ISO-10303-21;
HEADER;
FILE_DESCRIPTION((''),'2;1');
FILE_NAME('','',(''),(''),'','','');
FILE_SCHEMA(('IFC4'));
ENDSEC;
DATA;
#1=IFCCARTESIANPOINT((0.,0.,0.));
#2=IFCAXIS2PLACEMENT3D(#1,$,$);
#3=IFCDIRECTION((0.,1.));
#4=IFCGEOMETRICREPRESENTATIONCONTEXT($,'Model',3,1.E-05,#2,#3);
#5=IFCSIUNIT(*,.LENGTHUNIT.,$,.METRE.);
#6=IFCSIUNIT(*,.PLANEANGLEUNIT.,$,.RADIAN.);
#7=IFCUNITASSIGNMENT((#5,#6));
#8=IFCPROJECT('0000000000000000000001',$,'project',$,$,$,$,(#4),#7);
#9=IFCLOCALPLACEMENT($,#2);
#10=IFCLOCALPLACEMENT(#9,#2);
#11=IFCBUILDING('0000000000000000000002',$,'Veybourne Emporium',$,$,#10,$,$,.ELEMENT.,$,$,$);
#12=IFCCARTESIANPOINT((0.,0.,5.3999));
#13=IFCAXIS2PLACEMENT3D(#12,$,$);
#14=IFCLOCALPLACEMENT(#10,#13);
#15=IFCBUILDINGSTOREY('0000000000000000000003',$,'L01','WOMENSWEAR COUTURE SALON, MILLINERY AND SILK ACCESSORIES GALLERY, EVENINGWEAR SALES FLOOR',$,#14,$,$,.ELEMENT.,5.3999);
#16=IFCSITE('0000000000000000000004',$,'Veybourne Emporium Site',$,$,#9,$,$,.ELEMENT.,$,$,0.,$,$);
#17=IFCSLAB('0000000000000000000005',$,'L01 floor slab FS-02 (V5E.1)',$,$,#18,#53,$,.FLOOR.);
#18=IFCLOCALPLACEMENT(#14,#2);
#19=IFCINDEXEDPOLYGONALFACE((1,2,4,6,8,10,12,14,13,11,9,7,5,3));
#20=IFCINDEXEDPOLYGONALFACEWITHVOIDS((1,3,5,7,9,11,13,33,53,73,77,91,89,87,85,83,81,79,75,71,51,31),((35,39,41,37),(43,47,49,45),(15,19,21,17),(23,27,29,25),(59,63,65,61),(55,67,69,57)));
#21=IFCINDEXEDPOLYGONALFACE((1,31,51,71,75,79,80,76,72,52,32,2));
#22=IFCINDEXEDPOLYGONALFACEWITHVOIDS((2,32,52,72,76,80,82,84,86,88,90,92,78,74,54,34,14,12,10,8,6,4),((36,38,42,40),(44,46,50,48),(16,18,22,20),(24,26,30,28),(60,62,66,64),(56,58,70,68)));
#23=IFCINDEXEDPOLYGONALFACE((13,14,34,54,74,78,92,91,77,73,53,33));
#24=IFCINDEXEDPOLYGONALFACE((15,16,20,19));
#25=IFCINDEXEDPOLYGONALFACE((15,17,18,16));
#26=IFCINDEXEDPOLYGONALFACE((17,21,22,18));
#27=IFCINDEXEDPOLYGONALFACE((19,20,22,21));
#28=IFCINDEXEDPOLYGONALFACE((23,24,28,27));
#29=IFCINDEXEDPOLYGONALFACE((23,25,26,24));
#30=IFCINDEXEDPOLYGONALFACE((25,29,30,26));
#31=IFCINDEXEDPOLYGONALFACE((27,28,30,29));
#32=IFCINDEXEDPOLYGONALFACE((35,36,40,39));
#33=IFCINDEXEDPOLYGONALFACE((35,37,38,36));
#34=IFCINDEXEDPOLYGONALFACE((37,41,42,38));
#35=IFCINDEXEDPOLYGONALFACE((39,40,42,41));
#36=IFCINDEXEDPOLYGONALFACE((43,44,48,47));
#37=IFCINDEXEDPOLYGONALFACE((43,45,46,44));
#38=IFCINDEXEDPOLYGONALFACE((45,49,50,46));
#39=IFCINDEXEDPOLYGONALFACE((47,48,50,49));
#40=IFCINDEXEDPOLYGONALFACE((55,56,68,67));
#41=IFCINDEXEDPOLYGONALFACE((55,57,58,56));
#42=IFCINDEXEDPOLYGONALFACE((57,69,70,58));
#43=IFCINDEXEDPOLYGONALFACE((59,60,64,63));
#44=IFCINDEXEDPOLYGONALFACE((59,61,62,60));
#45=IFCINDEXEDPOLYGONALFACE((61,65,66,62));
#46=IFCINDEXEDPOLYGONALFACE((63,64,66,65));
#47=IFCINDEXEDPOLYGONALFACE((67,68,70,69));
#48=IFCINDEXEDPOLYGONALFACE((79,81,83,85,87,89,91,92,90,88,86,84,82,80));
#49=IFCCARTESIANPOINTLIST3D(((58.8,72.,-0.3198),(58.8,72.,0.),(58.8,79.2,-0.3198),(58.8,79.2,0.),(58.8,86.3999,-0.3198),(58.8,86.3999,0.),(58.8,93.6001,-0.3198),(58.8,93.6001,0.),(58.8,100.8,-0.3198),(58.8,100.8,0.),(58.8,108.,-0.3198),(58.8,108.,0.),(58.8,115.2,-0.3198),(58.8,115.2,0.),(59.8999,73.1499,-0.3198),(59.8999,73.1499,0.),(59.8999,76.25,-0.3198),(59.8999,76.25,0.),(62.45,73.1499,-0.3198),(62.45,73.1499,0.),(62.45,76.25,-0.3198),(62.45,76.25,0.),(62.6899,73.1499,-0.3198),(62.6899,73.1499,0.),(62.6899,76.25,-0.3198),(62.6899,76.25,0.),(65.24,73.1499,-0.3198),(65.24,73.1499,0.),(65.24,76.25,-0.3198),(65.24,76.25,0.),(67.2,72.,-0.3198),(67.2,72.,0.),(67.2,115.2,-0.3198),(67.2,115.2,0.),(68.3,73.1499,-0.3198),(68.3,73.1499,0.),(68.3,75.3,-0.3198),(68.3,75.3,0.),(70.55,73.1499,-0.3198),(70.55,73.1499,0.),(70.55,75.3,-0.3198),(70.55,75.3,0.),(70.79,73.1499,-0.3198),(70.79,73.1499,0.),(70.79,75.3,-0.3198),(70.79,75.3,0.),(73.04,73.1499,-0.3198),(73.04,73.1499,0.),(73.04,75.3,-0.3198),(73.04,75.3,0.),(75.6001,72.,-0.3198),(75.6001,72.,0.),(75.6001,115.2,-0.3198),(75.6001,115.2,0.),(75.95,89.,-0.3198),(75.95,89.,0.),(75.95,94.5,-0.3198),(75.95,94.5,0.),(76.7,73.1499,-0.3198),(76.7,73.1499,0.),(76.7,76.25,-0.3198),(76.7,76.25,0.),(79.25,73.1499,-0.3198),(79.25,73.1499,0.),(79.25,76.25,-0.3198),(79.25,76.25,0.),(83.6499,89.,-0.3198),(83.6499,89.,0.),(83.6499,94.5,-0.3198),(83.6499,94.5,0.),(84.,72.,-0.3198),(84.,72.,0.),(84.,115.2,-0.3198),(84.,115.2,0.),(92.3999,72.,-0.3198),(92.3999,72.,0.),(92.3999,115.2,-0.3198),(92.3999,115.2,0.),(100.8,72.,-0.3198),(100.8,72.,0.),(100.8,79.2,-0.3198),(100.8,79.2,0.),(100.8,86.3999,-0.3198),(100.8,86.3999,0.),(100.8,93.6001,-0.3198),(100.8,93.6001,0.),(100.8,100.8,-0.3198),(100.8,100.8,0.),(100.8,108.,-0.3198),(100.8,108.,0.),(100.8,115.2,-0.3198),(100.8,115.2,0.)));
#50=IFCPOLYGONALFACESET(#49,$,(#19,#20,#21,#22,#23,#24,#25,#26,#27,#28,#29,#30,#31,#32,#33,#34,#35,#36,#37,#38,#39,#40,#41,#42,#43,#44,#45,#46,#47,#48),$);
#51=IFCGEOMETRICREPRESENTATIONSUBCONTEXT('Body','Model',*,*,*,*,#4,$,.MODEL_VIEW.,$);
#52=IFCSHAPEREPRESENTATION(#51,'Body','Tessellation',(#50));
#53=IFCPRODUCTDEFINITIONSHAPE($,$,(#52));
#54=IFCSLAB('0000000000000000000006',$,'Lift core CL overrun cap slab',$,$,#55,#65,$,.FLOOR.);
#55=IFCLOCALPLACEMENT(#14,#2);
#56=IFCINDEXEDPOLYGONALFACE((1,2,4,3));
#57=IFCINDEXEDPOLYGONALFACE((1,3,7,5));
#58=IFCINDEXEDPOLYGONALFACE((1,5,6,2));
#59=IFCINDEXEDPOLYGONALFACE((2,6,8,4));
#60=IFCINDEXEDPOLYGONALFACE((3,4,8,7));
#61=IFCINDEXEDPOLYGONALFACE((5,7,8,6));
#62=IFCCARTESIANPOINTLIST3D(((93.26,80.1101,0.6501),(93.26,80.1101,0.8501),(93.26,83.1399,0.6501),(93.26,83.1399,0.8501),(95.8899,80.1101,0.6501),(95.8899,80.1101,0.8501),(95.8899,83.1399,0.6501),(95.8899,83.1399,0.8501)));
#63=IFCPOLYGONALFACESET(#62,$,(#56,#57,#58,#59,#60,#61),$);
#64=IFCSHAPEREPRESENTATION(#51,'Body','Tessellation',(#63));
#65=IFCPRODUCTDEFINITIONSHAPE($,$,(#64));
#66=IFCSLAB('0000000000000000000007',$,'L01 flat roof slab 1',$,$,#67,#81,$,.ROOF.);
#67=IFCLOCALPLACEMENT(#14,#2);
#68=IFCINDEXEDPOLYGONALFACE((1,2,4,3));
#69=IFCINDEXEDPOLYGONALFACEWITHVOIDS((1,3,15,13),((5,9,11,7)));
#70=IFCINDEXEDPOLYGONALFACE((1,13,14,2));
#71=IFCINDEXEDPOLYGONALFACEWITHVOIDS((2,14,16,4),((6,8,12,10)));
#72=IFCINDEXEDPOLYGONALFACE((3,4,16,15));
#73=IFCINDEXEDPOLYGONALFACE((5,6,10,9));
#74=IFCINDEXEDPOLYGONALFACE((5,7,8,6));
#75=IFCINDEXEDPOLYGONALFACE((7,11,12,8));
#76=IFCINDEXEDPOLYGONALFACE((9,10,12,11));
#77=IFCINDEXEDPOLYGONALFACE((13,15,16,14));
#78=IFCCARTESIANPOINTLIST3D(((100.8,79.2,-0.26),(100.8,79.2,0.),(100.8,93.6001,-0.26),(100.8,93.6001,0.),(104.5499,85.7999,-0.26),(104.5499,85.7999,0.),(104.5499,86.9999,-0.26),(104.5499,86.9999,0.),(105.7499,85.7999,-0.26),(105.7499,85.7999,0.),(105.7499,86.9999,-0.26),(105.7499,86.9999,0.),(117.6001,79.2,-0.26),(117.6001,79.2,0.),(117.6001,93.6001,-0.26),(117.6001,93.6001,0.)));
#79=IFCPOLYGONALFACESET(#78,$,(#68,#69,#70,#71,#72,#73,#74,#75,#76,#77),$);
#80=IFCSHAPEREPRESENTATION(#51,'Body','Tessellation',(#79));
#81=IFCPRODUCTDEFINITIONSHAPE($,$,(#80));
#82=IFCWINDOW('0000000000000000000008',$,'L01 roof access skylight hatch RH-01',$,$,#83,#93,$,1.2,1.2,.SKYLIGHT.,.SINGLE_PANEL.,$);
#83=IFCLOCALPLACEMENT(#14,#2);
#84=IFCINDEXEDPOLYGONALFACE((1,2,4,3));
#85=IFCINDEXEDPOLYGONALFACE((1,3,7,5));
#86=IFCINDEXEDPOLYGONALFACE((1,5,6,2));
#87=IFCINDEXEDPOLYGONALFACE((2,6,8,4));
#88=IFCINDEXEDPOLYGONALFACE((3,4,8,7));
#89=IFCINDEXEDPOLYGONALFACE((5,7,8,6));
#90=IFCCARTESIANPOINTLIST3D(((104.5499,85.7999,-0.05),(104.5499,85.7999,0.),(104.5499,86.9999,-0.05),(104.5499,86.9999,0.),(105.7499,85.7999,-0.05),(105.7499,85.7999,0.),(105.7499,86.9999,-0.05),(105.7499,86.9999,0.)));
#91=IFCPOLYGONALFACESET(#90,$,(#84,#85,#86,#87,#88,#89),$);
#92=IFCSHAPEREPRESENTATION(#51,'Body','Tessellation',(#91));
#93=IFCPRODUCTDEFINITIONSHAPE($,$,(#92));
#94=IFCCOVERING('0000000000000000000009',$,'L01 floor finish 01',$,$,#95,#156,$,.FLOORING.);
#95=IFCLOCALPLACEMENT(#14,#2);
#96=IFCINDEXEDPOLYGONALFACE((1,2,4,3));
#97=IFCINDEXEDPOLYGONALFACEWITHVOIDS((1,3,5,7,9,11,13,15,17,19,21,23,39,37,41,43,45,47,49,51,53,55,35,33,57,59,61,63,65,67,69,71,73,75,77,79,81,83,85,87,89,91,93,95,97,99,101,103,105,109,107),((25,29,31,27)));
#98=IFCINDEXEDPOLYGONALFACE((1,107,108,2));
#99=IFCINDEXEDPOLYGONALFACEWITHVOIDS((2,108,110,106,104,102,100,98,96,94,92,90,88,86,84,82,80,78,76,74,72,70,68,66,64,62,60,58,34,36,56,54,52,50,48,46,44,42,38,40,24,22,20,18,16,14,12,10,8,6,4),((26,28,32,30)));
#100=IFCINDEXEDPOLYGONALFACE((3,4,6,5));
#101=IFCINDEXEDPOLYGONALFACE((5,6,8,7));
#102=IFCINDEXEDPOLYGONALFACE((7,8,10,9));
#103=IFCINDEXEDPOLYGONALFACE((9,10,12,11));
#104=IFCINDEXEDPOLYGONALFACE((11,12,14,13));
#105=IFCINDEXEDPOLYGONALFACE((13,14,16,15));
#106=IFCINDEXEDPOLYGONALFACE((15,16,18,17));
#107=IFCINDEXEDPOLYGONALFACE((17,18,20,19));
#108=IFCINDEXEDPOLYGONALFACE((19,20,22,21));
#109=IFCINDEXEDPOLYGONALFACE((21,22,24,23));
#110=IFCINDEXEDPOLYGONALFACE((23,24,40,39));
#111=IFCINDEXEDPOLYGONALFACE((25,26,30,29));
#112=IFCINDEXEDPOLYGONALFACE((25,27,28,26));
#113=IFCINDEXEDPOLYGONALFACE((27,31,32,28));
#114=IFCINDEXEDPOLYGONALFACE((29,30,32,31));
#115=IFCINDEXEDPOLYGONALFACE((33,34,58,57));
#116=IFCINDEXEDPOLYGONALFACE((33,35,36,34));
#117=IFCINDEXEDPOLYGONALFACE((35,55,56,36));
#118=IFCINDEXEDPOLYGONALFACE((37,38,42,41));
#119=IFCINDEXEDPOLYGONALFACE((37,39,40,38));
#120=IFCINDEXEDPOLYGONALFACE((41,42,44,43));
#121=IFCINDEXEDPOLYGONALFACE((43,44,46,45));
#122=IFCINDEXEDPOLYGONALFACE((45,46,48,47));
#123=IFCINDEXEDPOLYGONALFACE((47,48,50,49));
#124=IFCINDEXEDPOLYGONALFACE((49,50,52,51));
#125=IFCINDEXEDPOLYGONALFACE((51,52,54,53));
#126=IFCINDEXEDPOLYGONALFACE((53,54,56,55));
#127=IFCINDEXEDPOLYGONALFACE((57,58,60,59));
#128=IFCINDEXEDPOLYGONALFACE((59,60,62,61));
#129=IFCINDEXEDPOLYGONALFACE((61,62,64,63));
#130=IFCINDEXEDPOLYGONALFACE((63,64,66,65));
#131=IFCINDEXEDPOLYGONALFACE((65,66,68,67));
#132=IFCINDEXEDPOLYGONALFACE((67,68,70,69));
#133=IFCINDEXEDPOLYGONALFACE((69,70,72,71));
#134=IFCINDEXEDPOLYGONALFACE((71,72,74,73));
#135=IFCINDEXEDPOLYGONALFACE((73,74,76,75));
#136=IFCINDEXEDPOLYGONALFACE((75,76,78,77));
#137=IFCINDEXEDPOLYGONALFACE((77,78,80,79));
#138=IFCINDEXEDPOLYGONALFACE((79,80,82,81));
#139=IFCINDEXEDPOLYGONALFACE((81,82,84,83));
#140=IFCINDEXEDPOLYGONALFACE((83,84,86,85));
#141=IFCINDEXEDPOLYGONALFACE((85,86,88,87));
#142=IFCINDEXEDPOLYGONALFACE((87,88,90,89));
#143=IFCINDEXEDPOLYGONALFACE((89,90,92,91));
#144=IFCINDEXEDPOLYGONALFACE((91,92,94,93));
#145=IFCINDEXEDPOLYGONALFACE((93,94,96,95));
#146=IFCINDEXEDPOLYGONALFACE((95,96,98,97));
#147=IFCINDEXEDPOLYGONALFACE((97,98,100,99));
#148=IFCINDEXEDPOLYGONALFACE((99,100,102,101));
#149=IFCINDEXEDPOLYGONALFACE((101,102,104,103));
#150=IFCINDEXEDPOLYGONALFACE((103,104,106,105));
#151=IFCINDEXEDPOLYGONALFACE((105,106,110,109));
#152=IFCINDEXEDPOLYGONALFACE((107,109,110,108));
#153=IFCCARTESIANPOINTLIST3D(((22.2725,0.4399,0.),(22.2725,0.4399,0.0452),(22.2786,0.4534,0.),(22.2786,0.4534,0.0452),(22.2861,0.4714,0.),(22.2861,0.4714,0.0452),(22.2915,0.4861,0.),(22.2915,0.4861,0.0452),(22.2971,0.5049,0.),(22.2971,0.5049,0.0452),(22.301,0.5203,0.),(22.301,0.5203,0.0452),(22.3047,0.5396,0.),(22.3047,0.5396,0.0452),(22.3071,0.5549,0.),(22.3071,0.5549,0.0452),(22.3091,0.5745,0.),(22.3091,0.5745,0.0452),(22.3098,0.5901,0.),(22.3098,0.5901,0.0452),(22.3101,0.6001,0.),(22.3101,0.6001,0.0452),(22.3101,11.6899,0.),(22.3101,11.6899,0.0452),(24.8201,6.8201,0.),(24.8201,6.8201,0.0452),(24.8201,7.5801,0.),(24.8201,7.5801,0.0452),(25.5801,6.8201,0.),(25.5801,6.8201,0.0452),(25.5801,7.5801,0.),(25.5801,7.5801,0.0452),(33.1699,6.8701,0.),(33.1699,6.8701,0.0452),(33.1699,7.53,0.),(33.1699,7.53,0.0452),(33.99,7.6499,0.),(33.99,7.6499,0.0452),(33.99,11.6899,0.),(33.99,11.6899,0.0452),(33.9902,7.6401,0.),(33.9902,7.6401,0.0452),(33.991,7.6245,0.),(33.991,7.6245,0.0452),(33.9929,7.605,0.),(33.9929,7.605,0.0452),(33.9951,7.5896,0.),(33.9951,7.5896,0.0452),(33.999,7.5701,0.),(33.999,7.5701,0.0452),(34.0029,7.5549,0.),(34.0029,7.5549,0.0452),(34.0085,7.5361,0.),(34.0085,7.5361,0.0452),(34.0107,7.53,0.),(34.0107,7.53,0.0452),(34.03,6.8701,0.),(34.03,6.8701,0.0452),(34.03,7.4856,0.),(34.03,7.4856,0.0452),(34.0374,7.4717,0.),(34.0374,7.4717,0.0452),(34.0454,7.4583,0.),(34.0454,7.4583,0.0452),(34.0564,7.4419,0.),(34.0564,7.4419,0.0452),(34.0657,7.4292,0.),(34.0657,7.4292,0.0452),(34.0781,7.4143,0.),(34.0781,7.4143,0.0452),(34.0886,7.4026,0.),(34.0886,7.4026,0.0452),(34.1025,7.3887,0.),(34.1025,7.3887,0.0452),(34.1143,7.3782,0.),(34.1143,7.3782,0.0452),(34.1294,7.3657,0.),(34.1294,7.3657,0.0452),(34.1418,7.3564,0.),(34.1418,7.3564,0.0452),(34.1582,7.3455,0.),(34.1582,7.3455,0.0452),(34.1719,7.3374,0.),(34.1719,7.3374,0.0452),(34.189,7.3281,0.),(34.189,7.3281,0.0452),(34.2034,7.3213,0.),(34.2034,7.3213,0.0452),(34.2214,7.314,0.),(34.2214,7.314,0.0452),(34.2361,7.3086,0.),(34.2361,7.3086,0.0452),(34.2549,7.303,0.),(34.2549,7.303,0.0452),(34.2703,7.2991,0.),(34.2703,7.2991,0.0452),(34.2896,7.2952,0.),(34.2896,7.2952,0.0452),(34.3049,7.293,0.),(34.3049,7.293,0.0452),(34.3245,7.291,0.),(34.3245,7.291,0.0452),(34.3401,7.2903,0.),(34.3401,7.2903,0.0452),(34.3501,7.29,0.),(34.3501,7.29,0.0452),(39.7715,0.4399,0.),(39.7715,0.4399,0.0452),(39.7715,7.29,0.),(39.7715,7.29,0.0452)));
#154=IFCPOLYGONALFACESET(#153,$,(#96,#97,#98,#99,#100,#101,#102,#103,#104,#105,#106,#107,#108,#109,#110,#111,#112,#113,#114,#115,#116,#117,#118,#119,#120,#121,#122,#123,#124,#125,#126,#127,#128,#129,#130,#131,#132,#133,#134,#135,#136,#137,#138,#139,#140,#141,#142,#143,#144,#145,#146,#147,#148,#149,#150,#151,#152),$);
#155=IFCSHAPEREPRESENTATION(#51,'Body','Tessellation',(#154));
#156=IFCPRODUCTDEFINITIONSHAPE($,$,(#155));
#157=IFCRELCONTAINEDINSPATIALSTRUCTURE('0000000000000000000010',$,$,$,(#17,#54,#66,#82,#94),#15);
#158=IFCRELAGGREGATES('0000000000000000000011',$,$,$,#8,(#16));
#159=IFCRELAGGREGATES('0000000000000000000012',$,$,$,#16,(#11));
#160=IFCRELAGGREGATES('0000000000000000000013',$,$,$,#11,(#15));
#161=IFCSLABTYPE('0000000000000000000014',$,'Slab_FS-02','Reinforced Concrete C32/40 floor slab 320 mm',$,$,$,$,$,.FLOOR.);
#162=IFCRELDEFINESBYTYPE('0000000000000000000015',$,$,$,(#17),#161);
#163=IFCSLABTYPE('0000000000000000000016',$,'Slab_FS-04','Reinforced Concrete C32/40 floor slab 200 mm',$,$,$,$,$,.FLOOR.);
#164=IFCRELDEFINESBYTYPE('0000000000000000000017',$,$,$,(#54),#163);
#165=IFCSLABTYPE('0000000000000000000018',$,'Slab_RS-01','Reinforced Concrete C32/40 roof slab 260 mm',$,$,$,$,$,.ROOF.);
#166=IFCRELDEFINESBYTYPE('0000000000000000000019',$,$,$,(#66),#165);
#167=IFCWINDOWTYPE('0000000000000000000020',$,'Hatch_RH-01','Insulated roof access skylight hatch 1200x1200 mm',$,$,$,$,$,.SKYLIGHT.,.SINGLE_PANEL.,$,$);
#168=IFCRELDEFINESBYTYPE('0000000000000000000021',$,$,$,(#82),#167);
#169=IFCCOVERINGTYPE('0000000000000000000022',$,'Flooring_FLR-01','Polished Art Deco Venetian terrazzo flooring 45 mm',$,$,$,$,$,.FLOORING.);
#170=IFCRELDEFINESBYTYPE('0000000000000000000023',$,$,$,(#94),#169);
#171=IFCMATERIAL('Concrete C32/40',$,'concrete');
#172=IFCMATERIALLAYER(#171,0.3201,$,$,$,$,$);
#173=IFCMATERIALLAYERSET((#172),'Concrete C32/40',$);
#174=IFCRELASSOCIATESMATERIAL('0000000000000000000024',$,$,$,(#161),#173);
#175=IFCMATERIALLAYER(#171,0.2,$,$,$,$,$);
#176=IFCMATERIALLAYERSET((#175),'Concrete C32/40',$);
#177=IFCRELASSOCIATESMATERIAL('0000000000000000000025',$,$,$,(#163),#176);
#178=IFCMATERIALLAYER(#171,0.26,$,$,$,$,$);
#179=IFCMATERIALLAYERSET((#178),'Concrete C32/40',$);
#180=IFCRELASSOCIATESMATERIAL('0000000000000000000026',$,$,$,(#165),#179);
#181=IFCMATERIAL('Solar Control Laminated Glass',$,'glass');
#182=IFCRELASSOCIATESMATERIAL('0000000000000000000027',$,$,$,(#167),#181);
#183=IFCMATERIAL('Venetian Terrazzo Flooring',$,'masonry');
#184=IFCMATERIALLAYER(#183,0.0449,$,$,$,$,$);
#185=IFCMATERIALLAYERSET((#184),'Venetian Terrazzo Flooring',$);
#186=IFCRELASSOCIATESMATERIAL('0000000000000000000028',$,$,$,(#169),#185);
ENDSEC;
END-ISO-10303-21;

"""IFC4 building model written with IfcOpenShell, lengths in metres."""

from ifc_helpers import new_model, si_unit, direction, frame, origin, origin_2d, place, context, subcontext, project, spatial, polyline, rectangle, outline, extrude, material, layer, layer_set, type_object, element, fill, save


model = new_model("IFC4")

# Units and contexts
model_context = context("Model", 3, precision=1e-05, world=origin(), true_north=direction((0.0, 1.0)))
body_context = subcontext(model_context, "Body", "Model", "MODEL_VIEW")
ifc_project = project(units=[si_unit("LENGTHUNIT", "METRE"), si_unit("PLANEANGLEUNIT", "RADIAN")], contexts=[model_context])

# Site, building, storey
site_placement = place(None, origin())
site = spatial("IfcSite", under=ifc_project, at=site_placement, Name="Veybourne Emporium Site", CompositionType="ELEMENT", RefElevation=0.0)
building_placement = place(site_placement, origin())
building = spatial("IfcBuilding", under=site, at=building_placement, Name="Veybourne Emporium", CompositionType="ELEMENT")
storey_placement = place(building_placement, frame((0.0, 0.0, 5.3999)))
storey = spatial("IfcBuildingStorey", under=building, at=storey_placement, Name="L01", Description="WOMENSWEAR COUTURE SALON, MILLINERY AND SILK ACCESSORIES GALLERY, EVENINGWEAR SALES FLOOR", CompositionType="ELEMENT", Elevation=5.3999)

# Shared definitions
ifc_material_1 = material(Name="Concrete C32/40", Category="concrete")

# Slabs
ifc_layer_1 = layer(ifc_material_1, 0.3201)
ifc_layer_set_1 = layer_set([ifc_layer_1], Name="Concrete C32/40")
slab_type_1 = type_object("IfcSlabType", Name="Slab_FS-02", Description="Reinforced Concrete C32/40 floor slab 320 mm", PredefinedType="FLOOR", material=ifc_layer_set_1)
slab_1_placement = place(storey_placement, frame((0.0, 0.0, -0.3198)))
element("IfcSlab", 1, at=slab_1_placement, inside=storey, type_object=slab_type_1, Name="L01 floor slab FS-02 (V5E.1)", PredefinedType="FLOOR", context=body_context, shape_type="SweptSolid", body=[
    extrude(outline(polyline([(58.8, 100.8), (58.8, 108.0), (58.8, 115.2), (67.2, 115.2), (75.6001, 115.2), (84.0, 115.2), (92.3999, 115.2), (100.8, 115.2), (100.8, 108.0), (100.8, 100.8), (100.8, 93.6001), (100.8, 86.3999), (100.8, 79.2), (100.8, 72.0), (92.3999, 72.0), (84.0, 72.0), (75.6001, 72.0), (67.2, 72.0), (58.8, 72.0), (58.8, 79.2), (58.8, 86.3999), (58.8, 93.6001), (58.8, 100.8)]), holes=[polyline([(70.55, 73.1499), (70.55, 75.3), (68.3, 75.3), (68.3, 73.1499), (70.55, 73.1499)]), polyline([(70.79, 73.1499), (73.04, 73.1499), (73.04, 75.3), (70.79, 75.3), (70.79, 73.1499)]), polyline([(59.8999, 73.1499), (62.45, 73.1499), (62.45, 76.25), (59.8999, 76.25), (59.8999, 73.1499)]), polyline([(62.6899, 73.1499), (65.24, 73.1499), (65.24, 76.25), (62.6899, 76.25), (62.6899, 73.1499)]), polyline([(76.7, 73.1499), (79.25, 73.1499), (79.25, 76.25), (76.7, 76.25), (76.7, 73.1499)]), polyline([(75.95, 89.0), (83.6499, 89.0), (83.6499, 94.5), (75.95, 94.5), (75.95, 89.0)])]), origin(), (0.0, 0.0, 1.0), 0.3198),
])
ifc_layer_2 = layer(ifc_material_1, 0.2)
ifc_layer_set_2 = layer_set([ifc_layer_2], Name="Concrete C32/40")
slab_type_2 = type_object("IfcSlabType", Name="Slab_FS-04", Description="Reinforced Concrete C32/40 floor slab 200 mm", PredefinedType="FLOOR", material=ifc_layer_set_2)
slab_2_placement = place(storey_placement, frame((0.0, 0.0, 0.6501)))
element("IfcSlab", 2, at=slab_2_placement, inside=storey, type_object=slab_type_2, Name="Lift core CL overrun cap slab", PredefinedType="FLOOR", context=body_context, shape_type="SweptSolid", body=[
    extrude(outline(polyline([(93.26, 80.1101), (95.8899, 80.1101), (95.8899, 83.1399), (93.26, 83.1399), (93.26, 80.1101)])), origin(), (0.0, 0.0, 1.0), 0.2),
])

# Slab, opening, window
ifc_layer_3 = layer(ifc_material_1, 0.26)
ifc_layer_set_3 = layer_set([ifc_layer_3], Name="Concrete C32/40")
slab_type_3 = type_object("IfcSlabType", Name="Slab_RS-01", Description="Reinforced Concrete C32/40 roof slab 260 mm", PredefinedType="ROOF", material=ifc_layer_set_3)
slab_3_placement = place(storey_placement, frame((0.0, 0.0, -0.26)))
slab_3 = element("IfcSlab", 3, at=slab_3_placement, inside=storey, type_object=slab_type_3, Name="L01 flat roof slab 1", PredefinedType="ROOF", context=body_context, shape_type="SweptSolid", body=[
    extrude(outline(polyline([(100.8, 86.3999), (100.8, 93.6001), (109.2, 93.6001), (117.6001, 93.6001), (117.6001, 86.3999), (117.6001, 79.2), (109.2, 79.2), (100.8, 79.2), (100.8, 86.3999)])), origin(), (0.0, 0.0, 1.0), 0.26),
])
opening_placement = place(slab_3_placement, frame((105.1499, 86.3999, -0.02)))
opening = element("IfcOpeningElement", 4, at=opening_placement, cuts=slab_3, PredefinedType="OPENING", context=body_context, shape_type="SweptSolid", body=[
    extrude(rectangle(XDim=1.2, YDim=1.2, at=origin_2d()), origin(), (0.0, 0.0, 1.0), 0.3),
])
ifc_material_2 = material(Name="Solar Control Laminated Glass", Category="glass")
window_type = type_object("IfcWindowType", Name="Hatch_RH-01", Description="Insulated roof access skylight hatch 1200x1200 mm", PartitioningType="SINGLE_PANEL", PredefinedType="SKYLIGHT", material=ifc_material_2)
window_placement = place(slab_3_placement, frame((105.1499, 86.3999, 0.21)))
window = element("IfcWindow", 5, at=window_placement, inside=storey, type_object=window_type, Name="L01 roof access skylight hatch RH-01", OverallHeight=1.2, OverallWidth=1.2, PartitioningType="SINGLE_PANEL", PredefinedType="SKYLIGHT", context=body_context, shape_type="SweptSolid", body=[
    extrude(rectangle(XDim=1.2, YDim=1.2, at=origin_2d()), origin(), (0.0, 0.0, 1.0), 0.05),
])
fill(opening, window)

# Covering
ifc_material_3 = material(Name="Venetian Terrazzo Flooring", Category="masonry")
ifc_layer_4 = layer(ifc_material_3, 0.0449)
ifc_layer_set_4 = layer_set([ifc_layer_4], Name="Venetian Terrazzo Flooring")
covering_type_1 = type_object("IfcCoveringType", Name="Flooring_FLR-01", Description="Polished Art Deco Venetian terrazzo flooring 45 mm", PredefinedType="FLOORING", material=ifc_layer_set_4)
covering_1_placement = place(storey_placement, origin())
element("IfcCovering", 6, at=covering_1_placement, inside=storey, type_object=covering_type_1, Name="L01 floor finish 01", PredefinedType="FLOORING", context=body_context, shape_type="SweptSolid", body=[
    extrude(outline(polyline([(22.2786, 0.4534), (22.2861, 0.4714), (22.2915, 0.4861), (22.2971, 0.5049), (22.301, 0.5203), (22.3047, 0.5396), (22.3071, 0.5549), (22.3091, 0.5745), (22.3098, 0.5901), (22.3101, 0.6001), (22.3101, 11.6899), (33.99, 11.6899), (33.99, 7.6499), (33.9902, 7.6401), (33.991, 7.6245), (33.9929, 7.605), (33.9951, 7.5896), (33.999, 7.5701), (34.0029, 7.5549), (34.0085, 7.5361), (34.0107, 7.53), (33.1699, 7.53), (33.1699, 6.8701), (34.03, 6.8701), (34.03, 7.4856), (34.0374, 7.4717), (34.0454, 7.4583), (34.0564, 7.4419), (34.0657, 7.4292), (34.0781, 7.4143), (34.0886, 7.4026), (34.1025, 7.3887), (34.1143, 7.3782), (34.1294, 7.3657), (34.1418, 7.3564), (34.1582, 7.3455), (34.1719, 7.3374), (34.189, 7.3281), (34.2034, 7.3213), (34.2214, 7.314), (34.2361, 7.3086), (34.2549, 7.303), (34.2703, 7.2991), (34.2896, 7.2952), (34.3049, 7.293), (34.3245, 7.291), (34.3401, 7.2903), (34.3501, 7.29), (39.7715, 7.29), (39.7715, 0.4399), (22.2725, 0.4399), (22.2786, 0.4534)]), holes=[polyline([(25.5801, 7.5801), (24.8201, 7.5801), (24.8201, 6.8201), (25.5801, 6.8201), (25.5801, 7.5801)])]), origin(), (0.0, 0.0, 1.0), 0.0452),
])

save(model, "model.ifc")
